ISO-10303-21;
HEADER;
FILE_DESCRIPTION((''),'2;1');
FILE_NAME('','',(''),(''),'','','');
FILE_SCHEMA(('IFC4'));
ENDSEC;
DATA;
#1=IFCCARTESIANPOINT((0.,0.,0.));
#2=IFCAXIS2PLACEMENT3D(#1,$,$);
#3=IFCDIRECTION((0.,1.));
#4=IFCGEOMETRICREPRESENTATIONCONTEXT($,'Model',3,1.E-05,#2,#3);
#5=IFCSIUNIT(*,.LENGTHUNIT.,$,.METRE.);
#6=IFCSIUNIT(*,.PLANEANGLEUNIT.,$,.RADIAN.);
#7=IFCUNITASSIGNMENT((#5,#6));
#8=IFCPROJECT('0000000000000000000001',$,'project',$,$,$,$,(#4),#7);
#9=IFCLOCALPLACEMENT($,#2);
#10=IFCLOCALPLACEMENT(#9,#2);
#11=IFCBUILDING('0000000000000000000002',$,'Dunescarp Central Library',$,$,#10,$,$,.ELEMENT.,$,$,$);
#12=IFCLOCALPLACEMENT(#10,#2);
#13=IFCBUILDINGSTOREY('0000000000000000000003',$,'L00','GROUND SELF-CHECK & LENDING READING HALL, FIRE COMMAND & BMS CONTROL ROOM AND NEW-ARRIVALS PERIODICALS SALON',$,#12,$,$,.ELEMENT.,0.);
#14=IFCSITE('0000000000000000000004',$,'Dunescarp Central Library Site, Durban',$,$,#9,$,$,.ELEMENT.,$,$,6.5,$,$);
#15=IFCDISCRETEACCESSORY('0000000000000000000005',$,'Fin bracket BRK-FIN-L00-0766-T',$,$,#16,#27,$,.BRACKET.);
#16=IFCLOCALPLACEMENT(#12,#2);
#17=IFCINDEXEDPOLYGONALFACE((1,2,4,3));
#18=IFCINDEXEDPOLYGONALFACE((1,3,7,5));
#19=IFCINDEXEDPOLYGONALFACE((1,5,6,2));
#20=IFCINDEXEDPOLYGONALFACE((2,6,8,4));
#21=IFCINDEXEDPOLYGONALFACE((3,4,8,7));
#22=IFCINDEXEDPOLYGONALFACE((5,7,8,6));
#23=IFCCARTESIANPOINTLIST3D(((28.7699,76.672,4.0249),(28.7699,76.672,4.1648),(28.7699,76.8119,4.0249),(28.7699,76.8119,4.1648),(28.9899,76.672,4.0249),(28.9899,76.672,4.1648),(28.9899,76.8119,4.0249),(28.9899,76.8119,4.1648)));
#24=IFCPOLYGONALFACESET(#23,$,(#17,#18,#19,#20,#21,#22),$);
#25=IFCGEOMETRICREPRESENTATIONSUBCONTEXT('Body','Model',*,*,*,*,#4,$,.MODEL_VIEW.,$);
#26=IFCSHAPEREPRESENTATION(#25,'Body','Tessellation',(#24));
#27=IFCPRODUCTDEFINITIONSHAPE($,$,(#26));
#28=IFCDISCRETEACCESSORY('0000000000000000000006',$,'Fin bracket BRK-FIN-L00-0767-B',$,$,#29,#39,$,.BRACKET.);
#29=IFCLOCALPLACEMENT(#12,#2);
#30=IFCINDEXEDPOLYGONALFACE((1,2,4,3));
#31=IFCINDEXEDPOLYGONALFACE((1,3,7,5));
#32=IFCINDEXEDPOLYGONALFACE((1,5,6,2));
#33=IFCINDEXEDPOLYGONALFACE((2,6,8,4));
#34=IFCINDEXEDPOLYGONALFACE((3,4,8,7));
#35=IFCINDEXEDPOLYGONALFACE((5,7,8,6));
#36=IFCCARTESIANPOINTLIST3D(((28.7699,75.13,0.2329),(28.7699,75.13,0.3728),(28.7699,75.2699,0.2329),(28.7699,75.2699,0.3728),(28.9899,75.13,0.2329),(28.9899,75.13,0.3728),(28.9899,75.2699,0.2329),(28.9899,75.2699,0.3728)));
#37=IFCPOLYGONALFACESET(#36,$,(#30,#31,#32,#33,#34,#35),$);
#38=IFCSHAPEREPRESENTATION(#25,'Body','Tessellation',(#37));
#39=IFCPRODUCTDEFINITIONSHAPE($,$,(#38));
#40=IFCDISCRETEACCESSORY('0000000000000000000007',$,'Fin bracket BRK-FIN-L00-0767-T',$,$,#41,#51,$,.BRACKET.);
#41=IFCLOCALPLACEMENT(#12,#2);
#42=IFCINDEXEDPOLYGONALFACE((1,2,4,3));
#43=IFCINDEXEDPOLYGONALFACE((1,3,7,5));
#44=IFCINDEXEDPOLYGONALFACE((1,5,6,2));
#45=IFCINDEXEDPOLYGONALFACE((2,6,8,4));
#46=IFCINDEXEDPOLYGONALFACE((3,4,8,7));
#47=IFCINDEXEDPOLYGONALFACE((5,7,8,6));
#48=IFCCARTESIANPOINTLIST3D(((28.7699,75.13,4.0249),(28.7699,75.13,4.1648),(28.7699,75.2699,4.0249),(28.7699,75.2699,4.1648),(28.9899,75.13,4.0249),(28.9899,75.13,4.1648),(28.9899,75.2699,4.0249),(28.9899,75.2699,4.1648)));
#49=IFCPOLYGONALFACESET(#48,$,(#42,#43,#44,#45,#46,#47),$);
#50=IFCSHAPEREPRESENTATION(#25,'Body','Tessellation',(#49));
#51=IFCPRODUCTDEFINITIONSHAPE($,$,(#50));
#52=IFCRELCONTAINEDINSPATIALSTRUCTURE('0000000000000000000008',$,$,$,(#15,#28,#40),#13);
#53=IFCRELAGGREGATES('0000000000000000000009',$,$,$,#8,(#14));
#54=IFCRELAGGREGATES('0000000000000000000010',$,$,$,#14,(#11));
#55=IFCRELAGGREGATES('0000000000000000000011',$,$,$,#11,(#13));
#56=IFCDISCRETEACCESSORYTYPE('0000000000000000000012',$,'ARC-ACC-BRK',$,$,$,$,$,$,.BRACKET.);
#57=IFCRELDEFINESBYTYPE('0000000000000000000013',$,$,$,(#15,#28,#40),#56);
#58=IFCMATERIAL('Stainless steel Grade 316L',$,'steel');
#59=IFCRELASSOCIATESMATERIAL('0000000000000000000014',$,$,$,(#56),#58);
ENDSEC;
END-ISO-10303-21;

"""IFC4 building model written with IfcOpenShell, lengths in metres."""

from ifc_helpers import new_model, si_unit, direction, frame, origin, origin_2d, place, context, subcontext, project, spatial, rectangle, extrude, material, type_object, element, save


model = new_model("IFC4")

# Units and contexts
model_context = context("Model", 3, precision=1e-05, world=origin(), true_north=direction((0.0, 1.0)))
body_context = subcontext(model_context, "Body", "Model", "MODEL_VIEW")
ifc_project = project(units=[si_unit("LENGTHUNIT", "METRE"), si_unit("PLANEANGLEUNIT", "RADIAN")], contexts=[model_context])

# Site, building, storey
site_placement = place(None, origin())
site = spatial("IfcSite", under=ifc_project, at=site_placement, Name="Dunescarp Central Library Site, Durban", CompositionType="ELEMENT", RefElevation=6.5)
building_placement = place(site_placement, origin())
building = spatial("IfcBuilding", under=site, at=building_placement, Name="Dunescarp Central Library", CompositionType="ELEMENT")
storey_placement = place(building_placement, origin())
storey = spatial("IfcBuildingStorey", under=building, at=storey_placement, Name="L00", Description="GROUND SELF-CHECK & LENDING READING HALL, FIRE COMMAND & BMS CONTROL ROOM AND NEW-ARRIVALS PERIODICALS SALON", CompositionType="ELEMENT", Elevation=0.0)

# Discrete accessories
ifc_material_1 = material(Name="Stainless steel Grade 316L", Category="steel")
discrete_accessory_type = type_object("IfcDiscreteAccessoryType", Name="ARC-ACC-BRK", PredefinedType="BRACKET", material=ifc_material_1)
for number, where, z_axis, x_axis, name in (
    (1, (28.8799, 76.7419, 4.0249), (0.0, 0.0, 1.0), (1.0, 0.0, 0.0), "Fin bracket BRK-FIN-L00-0766-T"),
    (2, (28.8799, 75.2, 0.2329), (0.0, 0.0, 1.0), (1.0, 0.0, 0.0), "Fin bracket BRK-FIN-L00-0767-B"),
    (3, (28.8799, 75.2, 4.0249), (0.0, 0.0, 1.0), (1.0, 0.0, 0.0), "Fin bracket BRK-FIN-L00-0767-T"),
):
    element("IfcDiscreteAccessory", number, at=place(storey_placement, frame(where, z_axis=z_axis, x_axis=x_axis)), inside=storey, type_object=discrete_accessory_type, Name=name, PredefinedType="BRACKET", context=body_context, shape_type="SweptSolid", body=[
        extrude(rectangle(XDim=0.22, YDim=0.1399, at=origin_2d()), origin(), (0.0, 0.0, 1.0), 0.1399),
    ])

save(model, "model.ifc")
